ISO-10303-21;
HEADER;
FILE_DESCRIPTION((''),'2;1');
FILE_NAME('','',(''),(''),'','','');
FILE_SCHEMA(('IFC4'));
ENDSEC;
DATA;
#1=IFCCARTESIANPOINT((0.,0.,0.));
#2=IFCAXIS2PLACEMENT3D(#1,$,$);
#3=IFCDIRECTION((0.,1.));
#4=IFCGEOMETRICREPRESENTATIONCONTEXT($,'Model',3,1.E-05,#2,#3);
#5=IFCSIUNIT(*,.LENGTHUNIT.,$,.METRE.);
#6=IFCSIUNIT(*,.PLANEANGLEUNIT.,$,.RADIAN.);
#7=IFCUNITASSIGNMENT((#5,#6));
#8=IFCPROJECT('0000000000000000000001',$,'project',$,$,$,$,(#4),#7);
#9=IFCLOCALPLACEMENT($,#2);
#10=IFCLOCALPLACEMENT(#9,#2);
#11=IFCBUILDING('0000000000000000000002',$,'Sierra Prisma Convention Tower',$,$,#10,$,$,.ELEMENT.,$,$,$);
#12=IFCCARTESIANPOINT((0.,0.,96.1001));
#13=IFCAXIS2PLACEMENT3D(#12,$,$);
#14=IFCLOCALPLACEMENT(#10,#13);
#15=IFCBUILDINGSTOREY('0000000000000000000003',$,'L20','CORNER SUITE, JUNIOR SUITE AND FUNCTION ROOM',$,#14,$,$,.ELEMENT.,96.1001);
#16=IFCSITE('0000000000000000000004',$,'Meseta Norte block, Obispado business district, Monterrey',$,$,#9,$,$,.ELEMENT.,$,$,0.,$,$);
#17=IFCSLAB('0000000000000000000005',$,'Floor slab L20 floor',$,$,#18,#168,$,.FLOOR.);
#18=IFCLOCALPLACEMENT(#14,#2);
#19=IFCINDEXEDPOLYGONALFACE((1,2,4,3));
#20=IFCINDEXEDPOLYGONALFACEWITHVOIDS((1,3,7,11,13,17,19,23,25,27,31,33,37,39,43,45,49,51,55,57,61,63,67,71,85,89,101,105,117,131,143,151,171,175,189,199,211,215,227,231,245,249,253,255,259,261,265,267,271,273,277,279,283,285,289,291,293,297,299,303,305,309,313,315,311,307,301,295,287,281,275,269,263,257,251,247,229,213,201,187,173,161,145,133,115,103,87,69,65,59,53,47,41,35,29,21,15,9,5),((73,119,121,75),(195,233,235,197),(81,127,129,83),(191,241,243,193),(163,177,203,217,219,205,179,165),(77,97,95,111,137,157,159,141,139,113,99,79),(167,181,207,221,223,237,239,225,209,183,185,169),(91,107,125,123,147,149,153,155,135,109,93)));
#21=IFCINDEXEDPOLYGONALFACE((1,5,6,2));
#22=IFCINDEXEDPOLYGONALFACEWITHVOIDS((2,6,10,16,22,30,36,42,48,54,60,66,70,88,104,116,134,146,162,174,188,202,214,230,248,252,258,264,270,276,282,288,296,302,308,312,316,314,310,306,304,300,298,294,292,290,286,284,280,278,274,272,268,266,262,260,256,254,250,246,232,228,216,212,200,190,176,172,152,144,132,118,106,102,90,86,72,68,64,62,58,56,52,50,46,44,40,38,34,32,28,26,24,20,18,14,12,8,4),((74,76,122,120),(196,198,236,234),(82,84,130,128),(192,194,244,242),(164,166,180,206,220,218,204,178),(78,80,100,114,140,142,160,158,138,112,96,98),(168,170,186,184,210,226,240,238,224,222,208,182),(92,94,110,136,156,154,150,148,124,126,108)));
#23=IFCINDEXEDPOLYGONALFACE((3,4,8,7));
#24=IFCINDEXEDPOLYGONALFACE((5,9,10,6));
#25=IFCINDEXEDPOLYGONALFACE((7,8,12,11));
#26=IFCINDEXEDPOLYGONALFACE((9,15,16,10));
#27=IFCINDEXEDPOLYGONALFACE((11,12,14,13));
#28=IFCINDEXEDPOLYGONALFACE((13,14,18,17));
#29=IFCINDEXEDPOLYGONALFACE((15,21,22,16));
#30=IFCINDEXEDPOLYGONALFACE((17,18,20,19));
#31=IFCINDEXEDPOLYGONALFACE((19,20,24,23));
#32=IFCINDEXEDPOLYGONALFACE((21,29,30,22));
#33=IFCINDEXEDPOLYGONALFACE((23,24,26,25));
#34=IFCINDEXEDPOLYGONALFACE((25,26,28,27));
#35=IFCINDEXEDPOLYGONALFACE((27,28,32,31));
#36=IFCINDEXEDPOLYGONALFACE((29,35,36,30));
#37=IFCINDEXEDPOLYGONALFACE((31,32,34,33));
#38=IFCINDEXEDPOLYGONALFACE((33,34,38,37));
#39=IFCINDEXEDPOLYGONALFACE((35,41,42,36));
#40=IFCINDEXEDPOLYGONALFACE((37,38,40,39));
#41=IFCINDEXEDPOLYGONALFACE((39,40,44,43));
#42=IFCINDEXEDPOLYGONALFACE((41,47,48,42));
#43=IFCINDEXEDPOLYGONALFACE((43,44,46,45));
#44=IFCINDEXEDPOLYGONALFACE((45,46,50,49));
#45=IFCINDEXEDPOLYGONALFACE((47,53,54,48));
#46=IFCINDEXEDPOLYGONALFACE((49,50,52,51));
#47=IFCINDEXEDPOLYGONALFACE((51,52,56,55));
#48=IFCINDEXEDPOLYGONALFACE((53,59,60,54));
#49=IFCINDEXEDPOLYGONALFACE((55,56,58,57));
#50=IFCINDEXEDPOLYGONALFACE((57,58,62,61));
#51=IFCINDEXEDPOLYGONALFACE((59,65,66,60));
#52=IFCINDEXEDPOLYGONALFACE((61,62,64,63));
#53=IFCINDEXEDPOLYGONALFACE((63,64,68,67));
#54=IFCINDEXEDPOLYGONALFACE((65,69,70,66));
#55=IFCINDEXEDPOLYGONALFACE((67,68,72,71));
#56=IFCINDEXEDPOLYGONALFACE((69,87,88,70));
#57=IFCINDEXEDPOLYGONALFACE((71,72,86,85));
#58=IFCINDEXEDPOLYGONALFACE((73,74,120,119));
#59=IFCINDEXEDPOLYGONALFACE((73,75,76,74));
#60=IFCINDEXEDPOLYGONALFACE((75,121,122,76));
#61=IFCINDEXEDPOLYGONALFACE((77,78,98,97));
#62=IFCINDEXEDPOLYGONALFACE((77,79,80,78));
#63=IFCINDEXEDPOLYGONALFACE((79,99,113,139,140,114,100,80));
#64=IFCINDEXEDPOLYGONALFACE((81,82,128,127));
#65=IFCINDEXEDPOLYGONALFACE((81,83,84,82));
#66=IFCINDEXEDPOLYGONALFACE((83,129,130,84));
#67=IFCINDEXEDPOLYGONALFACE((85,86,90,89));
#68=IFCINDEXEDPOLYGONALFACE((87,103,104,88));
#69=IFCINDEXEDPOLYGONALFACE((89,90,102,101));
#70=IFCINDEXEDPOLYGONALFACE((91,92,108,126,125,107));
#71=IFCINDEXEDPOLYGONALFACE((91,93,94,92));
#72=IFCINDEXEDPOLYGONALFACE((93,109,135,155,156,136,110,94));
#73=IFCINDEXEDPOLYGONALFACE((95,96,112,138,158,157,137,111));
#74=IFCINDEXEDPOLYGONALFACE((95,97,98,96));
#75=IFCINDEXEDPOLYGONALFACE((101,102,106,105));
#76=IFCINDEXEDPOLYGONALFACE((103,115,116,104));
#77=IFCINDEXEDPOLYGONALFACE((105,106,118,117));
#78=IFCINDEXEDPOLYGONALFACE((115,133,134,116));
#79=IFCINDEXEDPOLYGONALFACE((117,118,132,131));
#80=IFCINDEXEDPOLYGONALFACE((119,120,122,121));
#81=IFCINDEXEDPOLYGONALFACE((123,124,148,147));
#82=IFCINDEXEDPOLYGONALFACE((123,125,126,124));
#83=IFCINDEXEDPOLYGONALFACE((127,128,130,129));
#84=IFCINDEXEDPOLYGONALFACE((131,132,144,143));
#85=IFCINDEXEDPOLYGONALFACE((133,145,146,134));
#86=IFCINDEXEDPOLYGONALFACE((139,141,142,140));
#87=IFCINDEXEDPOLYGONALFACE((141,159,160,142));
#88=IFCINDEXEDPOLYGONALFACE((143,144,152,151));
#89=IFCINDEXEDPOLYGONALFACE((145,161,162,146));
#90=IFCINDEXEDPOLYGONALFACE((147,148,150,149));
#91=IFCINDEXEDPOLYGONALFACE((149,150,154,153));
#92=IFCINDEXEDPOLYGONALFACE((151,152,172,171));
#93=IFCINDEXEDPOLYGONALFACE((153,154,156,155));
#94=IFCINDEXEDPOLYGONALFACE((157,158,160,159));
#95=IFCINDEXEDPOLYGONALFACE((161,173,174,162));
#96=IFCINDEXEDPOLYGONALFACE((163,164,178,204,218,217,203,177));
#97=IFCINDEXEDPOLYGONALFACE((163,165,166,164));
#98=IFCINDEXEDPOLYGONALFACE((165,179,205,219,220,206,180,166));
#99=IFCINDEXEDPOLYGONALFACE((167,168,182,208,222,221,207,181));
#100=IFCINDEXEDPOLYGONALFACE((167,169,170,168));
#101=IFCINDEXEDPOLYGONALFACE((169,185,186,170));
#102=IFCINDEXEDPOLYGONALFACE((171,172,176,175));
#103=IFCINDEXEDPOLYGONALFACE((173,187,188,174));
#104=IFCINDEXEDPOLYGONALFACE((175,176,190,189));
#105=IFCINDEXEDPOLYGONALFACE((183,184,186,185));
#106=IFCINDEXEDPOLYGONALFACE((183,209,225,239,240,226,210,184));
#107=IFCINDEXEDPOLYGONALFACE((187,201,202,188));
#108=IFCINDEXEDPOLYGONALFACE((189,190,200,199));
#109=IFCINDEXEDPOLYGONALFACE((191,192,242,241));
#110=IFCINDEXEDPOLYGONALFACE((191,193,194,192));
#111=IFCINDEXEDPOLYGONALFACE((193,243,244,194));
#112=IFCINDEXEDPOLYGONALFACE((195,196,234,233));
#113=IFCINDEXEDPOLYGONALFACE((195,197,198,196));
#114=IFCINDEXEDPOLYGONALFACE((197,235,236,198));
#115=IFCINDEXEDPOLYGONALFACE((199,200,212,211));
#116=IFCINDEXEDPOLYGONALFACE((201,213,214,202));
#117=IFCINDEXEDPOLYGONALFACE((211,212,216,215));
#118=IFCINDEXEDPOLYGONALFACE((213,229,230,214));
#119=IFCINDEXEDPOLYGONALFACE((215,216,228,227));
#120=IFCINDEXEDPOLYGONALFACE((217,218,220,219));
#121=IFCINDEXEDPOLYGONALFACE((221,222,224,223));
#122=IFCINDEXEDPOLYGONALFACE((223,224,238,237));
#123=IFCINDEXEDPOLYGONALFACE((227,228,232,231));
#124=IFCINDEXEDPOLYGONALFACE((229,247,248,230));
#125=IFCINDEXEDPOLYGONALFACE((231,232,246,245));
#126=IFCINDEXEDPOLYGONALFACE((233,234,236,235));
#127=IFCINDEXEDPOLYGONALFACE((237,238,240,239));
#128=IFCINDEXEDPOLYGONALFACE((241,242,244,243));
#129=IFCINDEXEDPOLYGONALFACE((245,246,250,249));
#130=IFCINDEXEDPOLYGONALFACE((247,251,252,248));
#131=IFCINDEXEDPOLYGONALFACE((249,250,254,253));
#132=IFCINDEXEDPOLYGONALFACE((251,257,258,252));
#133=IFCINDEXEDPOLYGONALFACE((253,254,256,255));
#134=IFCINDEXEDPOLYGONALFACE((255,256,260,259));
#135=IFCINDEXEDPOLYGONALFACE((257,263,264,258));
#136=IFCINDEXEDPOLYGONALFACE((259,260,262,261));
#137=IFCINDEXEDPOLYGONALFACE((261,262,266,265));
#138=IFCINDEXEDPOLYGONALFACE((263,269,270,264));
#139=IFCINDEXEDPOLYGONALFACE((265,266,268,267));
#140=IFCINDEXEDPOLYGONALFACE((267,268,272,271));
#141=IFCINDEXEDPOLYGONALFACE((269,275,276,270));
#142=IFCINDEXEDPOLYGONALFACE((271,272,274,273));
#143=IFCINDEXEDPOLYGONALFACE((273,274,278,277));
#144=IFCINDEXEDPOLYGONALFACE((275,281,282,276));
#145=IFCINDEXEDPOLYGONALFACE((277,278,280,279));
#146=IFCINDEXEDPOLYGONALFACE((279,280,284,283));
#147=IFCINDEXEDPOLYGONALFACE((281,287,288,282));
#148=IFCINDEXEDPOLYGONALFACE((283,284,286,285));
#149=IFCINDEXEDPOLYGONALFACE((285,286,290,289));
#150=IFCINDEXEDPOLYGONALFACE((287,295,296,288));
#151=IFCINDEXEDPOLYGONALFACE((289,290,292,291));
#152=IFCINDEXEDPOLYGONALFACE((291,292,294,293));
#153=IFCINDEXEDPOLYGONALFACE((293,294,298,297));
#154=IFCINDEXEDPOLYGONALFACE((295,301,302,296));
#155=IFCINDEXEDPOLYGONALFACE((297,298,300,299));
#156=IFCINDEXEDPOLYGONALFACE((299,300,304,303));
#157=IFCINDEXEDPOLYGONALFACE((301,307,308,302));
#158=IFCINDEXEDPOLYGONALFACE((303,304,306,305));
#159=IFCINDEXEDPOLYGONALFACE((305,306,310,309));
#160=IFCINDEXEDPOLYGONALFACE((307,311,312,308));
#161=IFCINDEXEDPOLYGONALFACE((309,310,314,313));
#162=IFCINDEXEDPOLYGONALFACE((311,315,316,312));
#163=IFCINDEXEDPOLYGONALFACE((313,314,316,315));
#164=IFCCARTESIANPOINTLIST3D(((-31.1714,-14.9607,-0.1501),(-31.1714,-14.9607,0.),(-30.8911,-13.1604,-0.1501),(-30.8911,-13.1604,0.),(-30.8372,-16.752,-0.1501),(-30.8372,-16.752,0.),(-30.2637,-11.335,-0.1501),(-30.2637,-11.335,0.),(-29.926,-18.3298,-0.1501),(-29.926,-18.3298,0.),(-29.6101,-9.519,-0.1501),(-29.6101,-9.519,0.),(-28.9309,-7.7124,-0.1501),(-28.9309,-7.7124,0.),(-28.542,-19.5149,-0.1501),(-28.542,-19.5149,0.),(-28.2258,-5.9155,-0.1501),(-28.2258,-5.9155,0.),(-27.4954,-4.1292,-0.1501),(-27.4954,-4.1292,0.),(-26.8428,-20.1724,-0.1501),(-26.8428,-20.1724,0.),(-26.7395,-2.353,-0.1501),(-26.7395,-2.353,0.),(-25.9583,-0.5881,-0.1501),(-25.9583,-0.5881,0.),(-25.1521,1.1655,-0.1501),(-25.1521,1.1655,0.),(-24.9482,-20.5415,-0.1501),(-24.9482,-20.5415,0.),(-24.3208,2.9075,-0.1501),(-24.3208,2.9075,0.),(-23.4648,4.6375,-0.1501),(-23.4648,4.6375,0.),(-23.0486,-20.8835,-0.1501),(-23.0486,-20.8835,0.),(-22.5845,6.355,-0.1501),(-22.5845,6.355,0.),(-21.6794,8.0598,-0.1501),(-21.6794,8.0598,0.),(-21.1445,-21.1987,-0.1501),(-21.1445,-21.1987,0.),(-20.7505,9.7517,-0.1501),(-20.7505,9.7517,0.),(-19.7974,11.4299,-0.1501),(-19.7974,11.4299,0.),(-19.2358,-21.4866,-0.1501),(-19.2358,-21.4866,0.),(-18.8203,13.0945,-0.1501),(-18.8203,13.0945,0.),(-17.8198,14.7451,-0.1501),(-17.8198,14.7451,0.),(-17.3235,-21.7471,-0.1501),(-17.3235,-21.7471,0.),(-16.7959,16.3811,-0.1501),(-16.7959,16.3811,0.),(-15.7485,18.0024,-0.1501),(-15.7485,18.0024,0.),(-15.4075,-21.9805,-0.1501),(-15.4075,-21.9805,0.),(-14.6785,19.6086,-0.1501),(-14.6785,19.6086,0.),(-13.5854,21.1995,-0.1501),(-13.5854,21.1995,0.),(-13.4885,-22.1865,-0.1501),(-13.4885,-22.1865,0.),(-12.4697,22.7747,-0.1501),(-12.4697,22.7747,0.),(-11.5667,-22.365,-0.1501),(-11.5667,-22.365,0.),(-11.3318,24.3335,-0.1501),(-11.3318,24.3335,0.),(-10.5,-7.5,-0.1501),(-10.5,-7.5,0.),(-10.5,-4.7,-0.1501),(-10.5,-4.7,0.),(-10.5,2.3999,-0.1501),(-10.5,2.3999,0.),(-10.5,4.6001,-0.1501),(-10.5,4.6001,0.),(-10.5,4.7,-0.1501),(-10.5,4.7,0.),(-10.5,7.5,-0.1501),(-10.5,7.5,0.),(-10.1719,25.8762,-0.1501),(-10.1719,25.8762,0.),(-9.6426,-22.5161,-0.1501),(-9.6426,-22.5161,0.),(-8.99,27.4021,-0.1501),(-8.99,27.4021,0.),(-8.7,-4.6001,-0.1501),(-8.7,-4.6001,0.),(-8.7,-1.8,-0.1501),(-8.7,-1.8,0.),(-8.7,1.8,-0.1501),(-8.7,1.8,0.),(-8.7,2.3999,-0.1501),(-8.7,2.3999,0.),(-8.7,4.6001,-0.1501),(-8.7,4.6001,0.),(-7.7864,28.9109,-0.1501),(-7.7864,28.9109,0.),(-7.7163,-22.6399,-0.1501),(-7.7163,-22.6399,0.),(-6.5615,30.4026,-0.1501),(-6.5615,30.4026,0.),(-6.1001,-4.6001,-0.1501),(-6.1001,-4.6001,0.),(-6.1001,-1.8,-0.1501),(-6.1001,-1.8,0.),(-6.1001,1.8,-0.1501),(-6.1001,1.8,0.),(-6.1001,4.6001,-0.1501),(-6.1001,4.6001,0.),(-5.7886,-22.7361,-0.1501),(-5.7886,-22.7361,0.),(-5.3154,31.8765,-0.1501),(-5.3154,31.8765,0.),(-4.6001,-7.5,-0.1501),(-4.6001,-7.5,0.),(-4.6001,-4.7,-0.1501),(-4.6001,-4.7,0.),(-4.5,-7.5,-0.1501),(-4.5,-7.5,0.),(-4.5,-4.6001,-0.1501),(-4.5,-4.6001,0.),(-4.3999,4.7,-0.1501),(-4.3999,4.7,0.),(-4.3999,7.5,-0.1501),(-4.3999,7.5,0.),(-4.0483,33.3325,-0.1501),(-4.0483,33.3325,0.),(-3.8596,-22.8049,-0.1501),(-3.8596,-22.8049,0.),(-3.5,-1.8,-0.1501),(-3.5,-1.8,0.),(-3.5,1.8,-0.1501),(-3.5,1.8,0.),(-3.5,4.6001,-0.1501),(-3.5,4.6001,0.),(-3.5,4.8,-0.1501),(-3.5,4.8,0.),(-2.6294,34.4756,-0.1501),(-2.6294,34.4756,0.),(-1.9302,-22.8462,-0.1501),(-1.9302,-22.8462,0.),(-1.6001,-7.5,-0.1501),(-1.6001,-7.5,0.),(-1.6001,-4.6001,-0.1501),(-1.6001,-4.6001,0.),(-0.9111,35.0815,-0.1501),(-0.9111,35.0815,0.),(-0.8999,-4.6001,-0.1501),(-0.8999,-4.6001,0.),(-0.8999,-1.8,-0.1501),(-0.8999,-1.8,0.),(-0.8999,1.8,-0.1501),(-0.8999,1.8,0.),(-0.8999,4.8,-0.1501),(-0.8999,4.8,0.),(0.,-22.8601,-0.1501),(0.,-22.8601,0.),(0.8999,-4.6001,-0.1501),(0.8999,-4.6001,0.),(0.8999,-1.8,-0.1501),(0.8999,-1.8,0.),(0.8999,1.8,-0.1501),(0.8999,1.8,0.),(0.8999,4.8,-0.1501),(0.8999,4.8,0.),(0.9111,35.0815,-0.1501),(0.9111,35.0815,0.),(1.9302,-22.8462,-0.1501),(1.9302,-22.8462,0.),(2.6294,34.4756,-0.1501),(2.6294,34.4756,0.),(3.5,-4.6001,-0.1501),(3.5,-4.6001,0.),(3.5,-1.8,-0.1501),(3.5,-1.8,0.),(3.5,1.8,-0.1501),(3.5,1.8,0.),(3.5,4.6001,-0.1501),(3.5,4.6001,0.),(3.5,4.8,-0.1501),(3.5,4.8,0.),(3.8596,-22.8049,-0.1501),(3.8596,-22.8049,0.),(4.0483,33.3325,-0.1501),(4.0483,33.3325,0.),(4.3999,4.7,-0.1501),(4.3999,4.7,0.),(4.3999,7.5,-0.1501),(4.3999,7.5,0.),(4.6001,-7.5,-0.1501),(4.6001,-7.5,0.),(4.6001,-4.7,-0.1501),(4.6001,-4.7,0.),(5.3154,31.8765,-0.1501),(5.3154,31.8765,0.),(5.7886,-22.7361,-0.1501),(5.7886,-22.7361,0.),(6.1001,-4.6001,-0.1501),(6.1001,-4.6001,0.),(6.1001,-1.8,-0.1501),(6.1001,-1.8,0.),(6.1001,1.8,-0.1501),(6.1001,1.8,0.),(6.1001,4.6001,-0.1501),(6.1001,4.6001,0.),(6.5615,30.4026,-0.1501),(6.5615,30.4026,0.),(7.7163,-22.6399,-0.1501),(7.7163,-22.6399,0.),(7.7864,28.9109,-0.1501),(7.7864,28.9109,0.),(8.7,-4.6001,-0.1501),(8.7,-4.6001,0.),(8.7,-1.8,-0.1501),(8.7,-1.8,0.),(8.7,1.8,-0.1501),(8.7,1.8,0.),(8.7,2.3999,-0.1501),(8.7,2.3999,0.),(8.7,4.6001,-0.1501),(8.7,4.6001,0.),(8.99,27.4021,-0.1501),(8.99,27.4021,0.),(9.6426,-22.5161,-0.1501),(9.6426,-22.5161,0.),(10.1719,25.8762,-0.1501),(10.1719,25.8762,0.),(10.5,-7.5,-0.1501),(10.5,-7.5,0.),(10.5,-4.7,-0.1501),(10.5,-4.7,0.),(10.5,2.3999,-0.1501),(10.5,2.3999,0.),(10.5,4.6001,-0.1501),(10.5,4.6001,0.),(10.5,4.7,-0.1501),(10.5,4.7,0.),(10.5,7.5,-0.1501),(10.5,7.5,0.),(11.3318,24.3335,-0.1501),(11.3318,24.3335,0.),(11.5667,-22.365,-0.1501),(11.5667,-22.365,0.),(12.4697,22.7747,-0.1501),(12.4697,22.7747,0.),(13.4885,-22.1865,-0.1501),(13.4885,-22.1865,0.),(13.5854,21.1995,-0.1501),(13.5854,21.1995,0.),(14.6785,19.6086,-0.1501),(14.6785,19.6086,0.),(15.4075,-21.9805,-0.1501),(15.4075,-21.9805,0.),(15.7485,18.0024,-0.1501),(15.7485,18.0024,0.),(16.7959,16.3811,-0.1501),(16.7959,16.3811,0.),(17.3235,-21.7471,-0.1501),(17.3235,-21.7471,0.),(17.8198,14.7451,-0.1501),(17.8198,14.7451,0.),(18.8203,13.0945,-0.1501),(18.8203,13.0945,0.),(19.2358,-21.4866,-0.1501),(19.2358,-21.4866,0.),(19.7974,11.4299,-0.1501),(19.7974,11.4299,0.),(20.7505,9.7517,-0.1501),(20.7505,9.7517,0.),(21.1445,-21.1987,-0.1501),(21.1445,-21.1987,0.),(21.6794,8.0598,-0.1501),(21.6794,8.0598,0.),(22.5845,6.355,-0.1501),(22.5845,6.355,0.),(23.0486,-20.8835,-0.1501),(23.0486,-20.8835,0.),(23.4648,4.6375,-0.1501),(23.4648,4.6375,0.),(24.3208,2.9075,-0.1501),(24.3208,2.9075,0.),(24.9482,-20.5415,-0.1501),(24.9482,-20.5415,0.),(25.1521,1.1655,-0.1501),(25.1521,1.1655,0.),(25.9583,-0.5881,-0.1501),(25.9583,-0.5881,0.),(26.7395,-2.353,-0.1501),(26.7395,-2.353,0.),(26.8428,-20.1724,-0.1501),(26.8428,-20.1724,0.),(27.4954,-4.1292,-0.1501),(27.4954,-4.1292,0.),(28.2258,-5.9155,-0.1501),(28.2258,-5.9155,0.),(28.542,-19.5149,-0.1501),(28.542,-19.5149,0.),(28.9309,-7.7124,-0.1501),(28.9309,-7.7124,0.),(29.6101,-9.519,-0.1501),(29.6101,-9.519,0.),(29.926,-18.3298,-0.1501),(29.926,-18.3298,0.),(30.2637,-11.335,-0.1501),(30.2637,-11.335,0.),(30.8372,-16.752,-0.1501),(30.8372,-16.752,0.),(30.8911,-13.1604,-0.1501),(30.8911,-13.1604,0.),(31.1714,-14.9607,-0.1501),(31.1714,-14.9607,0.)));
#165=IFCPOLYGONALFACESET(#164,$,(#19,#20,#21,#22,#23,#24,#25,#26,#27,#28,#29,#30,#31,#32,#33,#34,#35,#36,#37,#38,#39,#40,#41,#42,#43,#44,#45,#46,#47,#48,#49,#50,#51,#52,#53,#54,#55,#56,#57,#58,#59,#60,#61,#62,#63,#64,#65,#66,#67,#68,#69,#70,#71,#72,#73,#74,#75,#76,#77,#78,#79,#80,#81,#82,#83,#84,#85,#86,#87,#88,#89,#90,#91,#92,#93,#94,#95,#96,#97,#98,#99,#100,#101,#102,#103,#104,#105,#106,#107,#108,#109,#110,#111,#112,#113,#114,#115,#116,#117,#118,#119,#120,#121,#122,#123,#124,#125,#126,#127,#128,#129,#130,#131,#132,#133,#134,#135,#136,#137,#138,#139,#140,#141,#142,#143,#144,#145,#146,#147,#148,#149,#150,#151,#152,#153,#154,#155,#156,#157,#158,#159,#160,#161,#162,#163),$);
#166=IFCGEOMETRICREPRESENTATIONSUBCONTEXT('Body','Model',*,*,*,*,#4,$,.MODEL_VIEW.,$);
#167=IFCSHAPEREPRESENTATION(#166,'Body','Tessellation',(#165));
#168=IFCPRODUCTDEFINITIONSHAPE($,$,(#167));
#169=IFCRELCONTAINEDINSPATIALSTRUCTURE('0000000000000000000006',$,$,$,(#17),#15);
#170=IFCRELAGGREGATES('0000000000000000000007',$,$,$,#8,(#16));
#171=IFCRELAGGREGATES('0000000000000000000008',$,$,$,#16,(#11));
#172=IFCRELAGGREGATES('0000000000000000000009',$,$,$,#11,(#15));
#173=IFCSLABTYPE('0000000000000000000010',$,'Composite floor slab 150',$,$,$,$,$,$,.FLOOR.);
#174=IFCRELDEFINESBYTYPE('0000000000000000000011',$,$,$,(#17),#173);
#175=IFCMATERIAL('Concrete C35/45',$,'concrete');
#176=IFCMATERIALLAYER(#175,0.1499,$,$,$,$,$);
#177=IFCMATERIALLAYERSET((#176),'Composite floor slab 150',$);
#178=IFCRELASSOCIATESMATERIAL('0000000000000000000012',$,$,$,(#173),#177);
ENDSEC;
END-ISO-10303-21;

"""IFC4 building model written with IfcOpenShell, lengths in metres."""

from ifc_helpers import new_model, si_unit, direction, frame, origin, place, context, subcontext, project, spatial, polyline, outline, extrude, material, layer, layer_set, type_object, element, save


model = new_model("IFC4")

# Units and contexts
model_context = context("Model", 3, precision=1e-05, world=origin(), true_north=direction((0.0, 1.0)))
body_context = subcontext(model_context, "Body", "Model", "MODEL_VIEW")
ifc_project = project(units=[si_unit("LENGTHUNIT", "METRE"), si_unit("PLANEANGLEUNIT", "RADIAN")], contexts=[model_context])

# Site, building, storey
site_placement = place(None, origin())
site = spatial("IfcSite", under=ifc_project, at=site_placement, Name="Meseta Norte block, Obispado business district, Monterrey", CompositionType="ELEMENT", RefElevation=0.0)
building_placement = place(site_placement, origin())
building = spatial("IfcBuilding", under=site, at=building_placement, Name="Sierra Prisma Convention Tower", CompositionType="ELEMENT")
storey_placement = place(building_placement, frame((0.0, 0.0, 96.1001)))
storey = spatial("IfcBuildingStorey", under=building, at=storey_placement, Name="L20", Description="CORNER SUITE, JUNIOR SUITE AND FUNCTION ROOM", CompositionType="ELEMENT", Elevation=96.1001)

# Slab
ifc_material_1 = material(Name="Concrete C35/45", Category="concrete")
ifc_layer_1 = layer(ifc_material_1, 0.1499)
ifc_layer_set_1 = layer_set([ifc_layer_1], Name="Composite floor slab 150")
slab_type = type_object("IfcSlabType", Name="Composite floor slab 150", PredefinedType="FLOOR", material=ifc_layer_set_1)
slab_placement = place(storey_placement, frame((0.0, 0.0, -0.1501)))
element("IfcSlab", 1, at=slab_placement, inside=storey, type_object=slab_type, Name="Floor slab L20 floor", PredefinedType="FLOOR", context=body_context, shape_type="SweptSolid", body=[
    extrude(outline(polyline([(-26.8428, -20.1724), (-24.9482, -20.5415), (-23.0486, -20.8835), (-21.1445, -21.1987), (-19.2358, -21.4866), (-17.3235, -21.7471), (-15.4075, -21.9805), (-13.4885, -22.1865), (-11.5667, -22.365), (-9.6426, -22.5161), (-7.7163, -22.6399), (-5.7886, -22.7361), (-3.8596, -22.8049), (-1.9302, -22.8462), (0.0, -22.8601), (1.9302, -22.8462), (3.8596, -22.8049), (5.7886, -22.7361), (7.7163, -22.6399), (9.6426, -22.5161), (11.5667, -22.365), (13.4885, -22.1865), (15.4075, -21.9805), (17.3235, -21.7471), (19.2358, -21.4866), (21.1445, -21.1987), (23.0486, -20.8835), (24.9482, -20.5415), (26.8428, -20.1724), (28.542, -19.5149), (29.926, -18.3298), (30.8372, -16.752), (31.1714, -14.9607), (30.8911, -13.1604), (30.2637, -11.335), (29.6101, -9.519), (28.9309, -7.7124), (28.2258, -5.9155), (27.4954, -4.1292), (26.7395, -2.353), (25.9583, -0.5881), (25.1521, 1.1655), (24.3208, 2.9075), (23.4648, 4.6375), (22.5845, 6.355), (21.6794, 8.0598), (20.7505, 9.7517), (19.7974, 11.4299), (18.8203, 13.0945), (17.8198, 14.7451), (16.7959, 16.3811), (15.7485, 18.0024), (14.6785, 19.6086), (13.5854, 21.1995), (12.4697, 22.7747), (11.3318, 24.3335), (10.1719, 25.8762), (8.99, 27.4021), (7.7864, 28.9109), (6.5615, 30.4026), (5.3154, 31.8765), (4.0483, 33.3325), (2.6294, 34.4756), (0.9111, 35.0815), (-0.9111, 35.0815), (-2.6294, 34.4756), (-4.0483, 33.3325), (-5.3154, 31.8765), (-6.5615, 30.4026), (-7.7864, 28.9109), (-8.99, 27.4021), (-10.1719, 25.8762), (-11.3318, 24.3335), (-12.4697, 22.7747), (-13.5854, 21.1995), (-14.6785, 19.6086), (-15.7485, 18.0024), (-16.7959, 16.3811), (-17.8198, 14.7451), (-18.8203, 13.0945), (-19.7974, 11.4299), (-20.7505, 9.7517), (-21.6794, 8.0598), (-22.5845, 6.355), (-23.4648, 4.6375), (-24.3208, 2.9075), (-25.1521, 1.1655), (-25.9583, -0.5881), (-26.7395, -2.353), (-27.4954, -4.1292), (-28.2258, -5.9155), (-28.9309, -7.7124), (-29.6101, -9.519), (-30.2637, -11.335), (-30.8911, -13.1604), (-31.1714, -14.9607), (-30.8372, -16.752), (-29.926, -18.3298), (-28.542, -19.5149), (-26.8428, -20.1724)]), holes=[polyline([(-4.6001, -7.5), (-10.5, -7.5), (-10.5, -4.7), (-4.6001, -4.7), (-4.6001, -7.5)]), polyline([(-8.7, -4.6001), (-8.7, -1.8), (-6.1001, -1.8), (-3.5, -1.8), (-0.8999, -1.8), (-0.8999, -4.6001), (-1.6001, -4.6001), (-1.6001, -7.5), (-4.5, -7.5), (-4.5, -4.6001), (-6.1001, -4.6001), (-8.7, -4.6001)]), polyline([(-10.5, 4.6001), (-8.7, 4.6001), (-6.1001, 4.6001), (-3.5, 4.6001), (-3.5, 4.8), (-0.8999, 4.8), (-0.8999, 1.8), (-3.5, 1.8), (-6.1001, 1.8), (-8.7, 1.8), (-8.7, 2.3999), (-10.5, 2.3999), (-10.5, 4.6001)]), polyline([(-4.3999, 4.7), (-10.5, 4.7), (-10.5, 7.5), (-4.3999, 7.5), (-4.3999, 4.7)]), polyline([(10.5, -7.5), (4.6001, -7.5), (4.6001, -4.7), (10.5, -4.7), (10.5, -7.5)]), polyline([(6.1001, -1.8), (8.7, -1.8), (8.7, -4.6001), (6.1001, -4.6001), (3.5, -4.6001), (0.8999, -4.6001), (0.8999, -1.8), (3.5, -1.8), (6.1001, -1.8)]), polyline([(10.5, 4.6001), (10.5, 2.3999), (8.7, 2.3999), (8.7, 1.8), (6.1001, 1.8), (3.5, 1.8), (0.8999, 1.8), (0.8999, 4.8), (3.5, 4.8), (3.5, 4.6001), (6.1001, 4.6001), (8.7, 4.6001), (10.5, 4.6001)]), polyline([(4.3999, 4.7), (4.3999, 7.5), (10.5, 7.5), (10.5, 4.7), (4.3999, 4.7)])]), origin(), (0.0, 0.0, 1.0), 0.1501),
])

save(model, "model.ifc")
